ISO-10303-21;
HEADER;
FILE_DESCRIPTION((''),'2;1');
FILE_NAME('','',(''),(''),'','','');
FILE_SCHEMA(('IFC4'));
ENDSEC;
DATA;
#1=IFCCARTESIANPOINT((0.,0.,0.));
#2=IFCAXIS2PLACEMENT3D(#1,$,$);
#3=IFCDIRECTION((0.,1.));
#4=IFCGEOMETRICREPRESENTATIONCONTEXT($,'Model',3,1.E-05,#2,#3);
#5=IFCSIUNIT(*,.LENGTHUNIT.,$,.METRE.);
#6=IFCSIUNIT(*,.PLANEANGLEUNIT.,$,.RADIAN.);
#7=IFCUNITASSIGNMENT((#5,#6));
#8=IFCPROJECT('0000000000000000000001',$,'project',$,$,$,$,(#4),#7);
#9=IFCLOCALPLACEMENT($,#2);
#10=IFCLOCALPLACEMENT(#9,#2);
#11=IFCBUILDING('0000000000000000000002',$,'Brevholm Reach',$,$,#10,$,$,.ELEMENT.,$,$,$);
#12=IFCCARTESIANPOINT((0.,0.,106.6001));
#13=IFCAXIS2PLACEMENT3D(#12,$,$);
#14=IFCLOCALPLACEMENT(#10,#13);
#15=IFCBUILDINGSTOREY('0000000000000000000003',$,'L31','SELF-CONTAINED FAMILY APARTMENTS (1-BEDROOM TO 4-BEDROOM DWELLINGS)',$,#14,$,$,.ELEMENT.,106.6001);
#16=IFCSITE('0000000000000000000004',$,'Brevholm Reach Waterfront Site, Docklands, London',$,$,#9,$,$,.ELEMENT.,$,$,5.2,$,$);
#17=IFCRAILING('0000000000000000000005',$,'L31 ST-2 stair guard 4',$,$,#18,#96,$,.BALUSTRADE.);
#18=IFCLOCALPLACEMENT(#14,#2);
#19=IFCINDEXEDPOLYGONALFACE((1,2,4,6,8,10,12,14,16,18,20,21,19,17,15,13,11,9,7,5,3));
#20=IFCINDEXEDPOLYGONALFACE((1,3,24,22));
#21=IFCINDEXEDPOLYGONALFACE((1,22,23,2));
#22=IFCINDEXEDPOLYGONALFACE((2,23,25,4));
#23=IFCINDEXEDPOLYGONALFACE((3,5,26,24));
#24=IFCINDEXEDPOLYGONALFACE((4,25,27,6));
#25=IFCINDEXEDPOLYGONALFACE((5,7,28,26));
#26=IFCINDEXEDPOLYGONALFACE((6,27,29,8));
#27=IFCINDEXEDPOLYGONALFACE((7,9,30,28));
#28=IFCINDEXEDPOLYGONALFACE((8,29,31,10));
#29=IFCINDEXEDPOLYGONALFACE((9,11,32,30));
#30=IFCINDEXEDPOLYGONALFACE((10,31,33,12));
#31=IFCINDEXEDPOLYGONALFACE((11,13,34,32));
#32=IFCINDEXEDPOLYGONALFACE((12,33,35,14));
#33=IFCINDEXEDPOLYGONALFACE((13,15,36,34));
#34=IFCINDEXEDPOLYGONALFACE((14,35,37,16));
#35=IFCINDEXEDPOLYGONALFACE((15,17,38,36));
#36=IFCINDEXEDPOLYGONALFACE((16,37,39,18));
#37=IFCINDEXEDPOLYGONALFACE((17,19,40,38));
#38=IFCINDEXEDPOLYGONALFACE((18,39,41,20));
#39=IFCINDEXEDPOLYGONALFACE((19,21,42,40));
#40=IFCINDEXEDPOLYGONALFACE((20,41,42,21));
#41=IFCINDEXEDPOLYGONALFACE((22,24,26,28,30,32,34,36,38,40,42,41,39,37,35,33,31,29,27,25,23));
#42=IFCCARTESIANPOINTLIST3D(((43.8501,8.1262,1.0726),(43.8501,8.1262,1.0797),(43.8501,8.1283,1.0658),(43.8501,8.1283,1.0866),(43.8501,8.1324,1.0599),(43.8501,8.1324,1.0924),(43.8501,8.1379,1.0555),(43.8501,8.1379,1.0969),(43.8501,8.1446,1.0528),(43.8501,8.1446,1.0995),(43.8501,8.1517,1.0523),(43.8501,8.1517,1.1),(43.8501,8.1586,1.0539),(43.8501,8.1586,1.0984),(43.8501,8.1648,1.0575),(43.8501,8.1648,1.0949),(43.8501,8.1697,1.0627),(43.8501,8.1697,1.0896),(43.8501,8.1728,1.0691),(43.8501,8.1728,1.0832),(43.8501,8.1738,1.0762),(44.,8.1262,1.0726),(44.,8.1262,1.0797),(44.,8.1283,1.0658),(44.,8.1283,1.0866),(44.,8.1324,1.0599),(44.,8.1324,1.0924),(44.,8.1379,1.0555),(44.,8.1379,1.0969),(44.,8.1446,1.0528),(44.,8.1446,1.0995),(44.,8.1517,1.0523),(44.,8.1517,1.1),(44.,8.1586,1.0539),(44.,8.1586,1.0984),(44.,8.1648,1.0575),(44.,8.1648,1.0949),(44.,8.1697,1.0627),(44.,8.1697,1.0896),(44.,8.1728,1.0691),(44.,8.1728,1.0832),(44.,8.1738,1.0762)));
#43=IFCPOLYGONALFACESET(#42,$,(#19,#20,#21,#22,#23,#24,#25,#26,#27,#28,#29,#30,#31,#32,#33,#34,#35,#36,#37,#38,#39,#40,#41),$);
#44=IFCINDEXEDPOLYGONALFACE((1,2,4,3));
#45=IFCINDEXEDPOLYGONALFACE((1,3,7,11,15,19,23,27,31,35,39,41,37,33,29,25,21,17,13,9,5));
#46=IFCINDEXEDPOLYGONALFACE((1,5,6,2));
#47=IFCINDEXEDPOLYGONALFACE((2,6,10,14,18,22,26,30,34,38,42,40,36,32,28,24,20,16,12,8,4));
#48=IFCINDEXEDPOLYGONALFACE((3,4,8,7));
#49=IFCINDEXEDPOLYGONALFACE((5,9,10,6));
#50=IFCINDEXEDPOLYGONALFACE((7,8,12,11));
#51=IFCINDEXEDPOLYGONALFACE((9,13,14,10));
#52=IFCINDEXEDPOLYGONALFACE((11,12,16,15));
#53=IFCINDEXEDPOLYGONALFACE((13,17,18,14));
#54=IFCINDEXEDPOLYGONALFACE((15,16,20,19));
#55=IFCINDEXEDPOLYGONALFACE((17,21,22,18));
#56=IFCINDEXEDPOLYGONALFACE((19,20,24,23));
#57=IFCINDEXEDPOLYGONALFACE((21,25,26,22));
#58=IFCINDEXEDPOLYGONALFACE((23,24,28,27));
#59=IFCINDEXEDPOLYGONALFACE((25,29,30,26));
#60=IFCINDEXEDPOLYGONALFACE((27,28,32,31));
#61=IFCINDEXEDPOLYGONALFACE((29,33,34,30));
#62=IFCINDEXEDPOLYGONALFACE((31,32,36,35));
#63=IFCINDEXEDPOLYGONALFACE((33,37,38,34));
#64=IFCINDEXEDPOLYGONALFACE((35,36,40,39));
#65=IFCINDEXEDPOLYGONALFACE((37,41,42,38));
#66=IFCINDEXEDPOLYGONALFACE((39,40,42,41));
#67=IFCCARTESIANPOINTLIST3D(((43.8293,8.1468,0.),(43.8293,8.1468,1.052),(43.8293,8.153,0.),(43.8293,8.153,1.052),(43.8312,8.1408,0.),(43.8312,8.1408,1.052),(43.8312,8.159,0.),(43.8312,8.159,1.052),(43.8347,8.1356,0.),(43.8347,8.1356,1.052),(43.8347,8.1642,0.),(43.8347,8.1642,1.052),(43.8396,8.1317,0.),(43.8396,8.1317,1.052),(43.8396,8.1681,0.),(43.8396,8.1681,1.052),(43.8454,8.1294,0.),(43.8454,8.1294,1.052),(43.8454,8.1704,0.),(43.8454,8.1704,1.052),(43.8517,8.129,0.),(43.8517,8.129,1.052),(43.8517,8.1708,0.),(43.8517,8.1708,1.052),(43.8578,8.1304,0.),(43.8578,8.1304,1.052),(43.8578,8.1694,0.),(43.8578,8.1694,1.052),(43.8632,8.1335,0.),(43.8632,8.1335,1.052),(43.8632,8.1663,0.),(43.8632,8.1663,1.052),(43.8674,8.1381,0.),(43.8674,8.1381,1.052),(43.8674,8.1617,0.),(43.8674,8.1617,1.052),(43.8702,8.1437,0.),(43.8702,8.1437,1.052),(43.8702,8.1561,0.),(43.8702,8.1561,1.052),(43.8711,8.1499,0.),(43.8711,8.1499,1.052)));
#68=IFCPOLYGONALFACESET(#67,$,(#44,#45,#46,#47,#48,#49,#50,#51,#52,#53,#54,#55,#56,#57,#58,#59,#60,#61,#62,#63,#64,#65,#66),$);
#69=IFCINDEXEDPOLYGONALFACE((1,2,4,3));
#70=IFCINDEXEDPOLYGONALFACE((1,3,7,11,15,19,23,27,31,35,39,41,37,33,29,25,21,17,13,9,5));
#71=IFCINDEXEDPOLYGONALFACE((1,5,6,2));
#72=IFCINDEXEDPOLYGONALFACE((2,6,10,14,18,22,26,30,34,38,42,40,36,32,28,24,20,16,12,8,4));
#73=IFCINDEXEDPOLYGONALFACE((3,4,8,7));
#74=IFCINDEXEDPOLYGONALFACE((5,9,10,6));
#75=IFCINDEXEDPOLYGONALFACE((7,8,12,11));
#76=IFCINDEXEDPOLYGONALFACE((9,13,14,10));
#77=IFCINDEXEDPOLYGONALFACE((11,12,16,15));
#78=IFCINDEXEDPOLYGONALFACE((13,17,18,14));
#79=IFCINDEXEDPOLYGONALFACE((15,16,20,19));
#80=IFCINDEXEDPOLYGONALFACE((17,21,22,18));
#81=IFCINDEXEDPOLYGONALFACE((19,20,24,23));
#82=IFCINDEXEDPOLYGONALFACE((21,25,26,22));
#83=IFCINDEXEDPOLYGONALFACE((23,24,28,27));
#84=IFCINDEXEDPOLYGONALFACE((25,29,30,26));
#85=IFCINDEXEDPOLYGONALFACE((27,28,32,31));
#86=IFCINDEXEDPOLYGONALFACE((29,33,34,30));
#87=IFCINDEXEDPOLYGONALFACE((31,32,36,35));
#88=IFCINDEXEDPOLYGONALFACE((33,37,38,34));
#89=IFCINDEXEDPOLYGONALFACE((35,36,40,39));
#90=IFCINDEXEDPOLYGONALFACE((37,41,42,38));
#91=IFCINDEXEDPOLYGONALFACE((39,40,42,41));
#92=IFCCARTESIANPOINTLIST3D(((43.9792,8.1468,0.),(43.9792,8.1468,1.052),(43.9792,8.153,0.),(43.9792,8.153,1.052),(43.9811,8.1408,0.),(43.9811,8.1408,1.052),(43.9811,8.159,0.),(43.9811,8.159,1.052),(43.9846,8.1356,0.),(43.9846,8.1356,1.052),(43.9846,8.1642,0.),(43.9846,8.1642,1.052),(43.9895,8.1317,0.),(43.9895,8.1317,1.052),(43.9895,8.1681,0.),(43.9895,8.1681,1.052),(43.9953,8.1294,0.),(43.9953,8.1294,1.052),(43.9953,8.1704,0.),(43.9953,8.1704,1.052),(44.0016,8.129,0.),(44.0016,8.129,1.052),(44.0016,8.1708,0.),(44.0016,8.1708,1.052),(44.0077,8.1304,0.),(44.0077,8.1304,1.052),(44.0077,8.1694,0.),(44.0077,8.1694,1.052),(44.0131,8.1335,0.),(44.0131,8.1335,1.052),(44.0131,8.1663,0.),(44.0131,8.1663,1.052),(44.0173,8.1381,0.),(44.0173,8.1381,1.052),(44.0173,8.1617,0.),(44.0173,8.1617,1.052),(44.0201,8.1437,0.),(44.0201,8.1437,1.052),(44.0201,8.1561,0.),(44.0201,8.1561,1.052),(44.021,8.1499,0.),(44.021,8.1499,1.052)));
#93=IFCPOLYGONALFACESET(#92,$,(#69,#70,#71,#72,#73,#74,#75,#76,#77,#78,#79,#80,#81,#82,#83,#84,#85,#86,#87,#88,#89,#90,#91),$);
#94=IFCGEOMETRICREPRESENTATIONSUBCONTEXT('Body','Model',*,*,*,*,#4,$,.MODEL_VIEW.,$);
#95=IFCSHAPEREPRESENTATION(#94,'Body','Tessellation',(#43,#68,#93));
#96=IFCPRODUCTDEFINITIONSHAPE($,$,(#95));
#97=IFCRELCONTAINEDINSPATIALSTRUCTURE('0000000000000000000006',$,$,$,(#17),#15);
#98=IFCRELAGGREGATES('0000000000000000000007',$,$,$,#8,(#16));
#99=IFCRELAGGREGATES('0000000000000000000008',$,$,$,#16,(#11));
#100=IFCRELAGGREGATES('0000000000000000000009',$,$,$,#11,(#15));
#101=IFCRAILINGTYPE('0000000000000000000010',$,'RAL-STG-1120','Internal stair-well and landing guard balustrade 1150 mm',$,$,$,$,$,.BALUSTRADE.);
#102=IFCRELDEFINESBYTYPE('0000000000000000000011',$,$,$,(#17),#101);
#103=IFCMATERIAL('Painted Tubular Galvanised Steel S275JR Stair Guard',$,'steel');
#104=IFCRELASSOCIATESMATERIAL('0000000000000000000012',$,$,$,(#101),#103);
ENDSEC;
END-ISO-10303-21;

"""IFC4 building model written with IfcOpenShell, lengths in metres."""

from ifc_helpers import new_model, si_unit, direction, frame, origin, origin_2d, place, context, subcontext, project, spatial, circle, extrude, material, type_object, element, save


model = new_model("IFC4")

# Units and contexts
model_context = context("Model", 3, precision=1e-05, world=origin(), true_north=direction((0.0, 1.0)))
body_context = subcontext(model_context, "Body", "Model", "MODEL_VIEW")
ifc_project = project(units=[si_unit("LENGTHUNIT", "METRE"), si_unit("PLANEANGLEUNIT", "RADIAN")], contexts=[model_context])

# Site, building, storey
site_placement = place(None, origin())
site = spatial("IfcSite", under=ifc_project, at=site_placement, Name="Brevholm Reach Waterfront Site, Docklands, London", CompositionType="ELEMENT", RefElevation=5.2)
building_placement = place(site_placement, origin())
building = spatial("IfcBuilding", under=site, at=building_placement, Name="Brevholm Reach", CompositionType="ELEMENT")
storey_placement = place(building_placement, frame((0.0, 0.0, 106.6001)))
storey = spatial("IfcBuildingStorey", under=building, at=storey_placement, Name="L31", Description="SELF-CONTAINED FAMILY APARTMENTS (1-BEDROOM TO 4-BEDROOM DWELLINGS)", CompositionType="ELEMENT", Elevation=106.6001)

# Railing
ifc_material_1 = material(Name="Painted Tubular Galvanised Steel S275JR Stair Guard", Category="steel")
railing_type_1 = type_object("IfcRailingType", Name="RAL-STG-1120", Description="Internal stair-well and landing guard balustrade 1150 mm", PredefinedType="BALUSTRADE", material=ifc_material_1)
railing_1_placement = place(storey_placement, frame((43.8501, 8.1499, 0.0)))
element("IfcRailing", 1, at=railing_1_placement, inside=storey, type_object=railing_type_1, Name="L31 ST-2 stair guard 4", PredefinedType="BALUSTRADE", context=body_context, shape_type="SweptSolid", body=[
    extrude(circle(Radius=0.0239, at=origin_2d()), frame((0.0, 0.0, 1.0762), z_axis=(1.0, 0.0, 0.0), x_axis=(0.0, 1.0, 0.0)), (0.0, 0.0, 1.0), 0.1499),
    extrude(circle(Radius=0.021, at=origin_2d()), origin(), (0.0, 0.0, 1.0), 1.052),
    extrude(circle(Radius=0.021, at=origin_2d()), frame((0.1499, 0.0, 0.0)), (0.0, 0.0, 1.0), 1.052),
])

save(model, "model.ifc")
